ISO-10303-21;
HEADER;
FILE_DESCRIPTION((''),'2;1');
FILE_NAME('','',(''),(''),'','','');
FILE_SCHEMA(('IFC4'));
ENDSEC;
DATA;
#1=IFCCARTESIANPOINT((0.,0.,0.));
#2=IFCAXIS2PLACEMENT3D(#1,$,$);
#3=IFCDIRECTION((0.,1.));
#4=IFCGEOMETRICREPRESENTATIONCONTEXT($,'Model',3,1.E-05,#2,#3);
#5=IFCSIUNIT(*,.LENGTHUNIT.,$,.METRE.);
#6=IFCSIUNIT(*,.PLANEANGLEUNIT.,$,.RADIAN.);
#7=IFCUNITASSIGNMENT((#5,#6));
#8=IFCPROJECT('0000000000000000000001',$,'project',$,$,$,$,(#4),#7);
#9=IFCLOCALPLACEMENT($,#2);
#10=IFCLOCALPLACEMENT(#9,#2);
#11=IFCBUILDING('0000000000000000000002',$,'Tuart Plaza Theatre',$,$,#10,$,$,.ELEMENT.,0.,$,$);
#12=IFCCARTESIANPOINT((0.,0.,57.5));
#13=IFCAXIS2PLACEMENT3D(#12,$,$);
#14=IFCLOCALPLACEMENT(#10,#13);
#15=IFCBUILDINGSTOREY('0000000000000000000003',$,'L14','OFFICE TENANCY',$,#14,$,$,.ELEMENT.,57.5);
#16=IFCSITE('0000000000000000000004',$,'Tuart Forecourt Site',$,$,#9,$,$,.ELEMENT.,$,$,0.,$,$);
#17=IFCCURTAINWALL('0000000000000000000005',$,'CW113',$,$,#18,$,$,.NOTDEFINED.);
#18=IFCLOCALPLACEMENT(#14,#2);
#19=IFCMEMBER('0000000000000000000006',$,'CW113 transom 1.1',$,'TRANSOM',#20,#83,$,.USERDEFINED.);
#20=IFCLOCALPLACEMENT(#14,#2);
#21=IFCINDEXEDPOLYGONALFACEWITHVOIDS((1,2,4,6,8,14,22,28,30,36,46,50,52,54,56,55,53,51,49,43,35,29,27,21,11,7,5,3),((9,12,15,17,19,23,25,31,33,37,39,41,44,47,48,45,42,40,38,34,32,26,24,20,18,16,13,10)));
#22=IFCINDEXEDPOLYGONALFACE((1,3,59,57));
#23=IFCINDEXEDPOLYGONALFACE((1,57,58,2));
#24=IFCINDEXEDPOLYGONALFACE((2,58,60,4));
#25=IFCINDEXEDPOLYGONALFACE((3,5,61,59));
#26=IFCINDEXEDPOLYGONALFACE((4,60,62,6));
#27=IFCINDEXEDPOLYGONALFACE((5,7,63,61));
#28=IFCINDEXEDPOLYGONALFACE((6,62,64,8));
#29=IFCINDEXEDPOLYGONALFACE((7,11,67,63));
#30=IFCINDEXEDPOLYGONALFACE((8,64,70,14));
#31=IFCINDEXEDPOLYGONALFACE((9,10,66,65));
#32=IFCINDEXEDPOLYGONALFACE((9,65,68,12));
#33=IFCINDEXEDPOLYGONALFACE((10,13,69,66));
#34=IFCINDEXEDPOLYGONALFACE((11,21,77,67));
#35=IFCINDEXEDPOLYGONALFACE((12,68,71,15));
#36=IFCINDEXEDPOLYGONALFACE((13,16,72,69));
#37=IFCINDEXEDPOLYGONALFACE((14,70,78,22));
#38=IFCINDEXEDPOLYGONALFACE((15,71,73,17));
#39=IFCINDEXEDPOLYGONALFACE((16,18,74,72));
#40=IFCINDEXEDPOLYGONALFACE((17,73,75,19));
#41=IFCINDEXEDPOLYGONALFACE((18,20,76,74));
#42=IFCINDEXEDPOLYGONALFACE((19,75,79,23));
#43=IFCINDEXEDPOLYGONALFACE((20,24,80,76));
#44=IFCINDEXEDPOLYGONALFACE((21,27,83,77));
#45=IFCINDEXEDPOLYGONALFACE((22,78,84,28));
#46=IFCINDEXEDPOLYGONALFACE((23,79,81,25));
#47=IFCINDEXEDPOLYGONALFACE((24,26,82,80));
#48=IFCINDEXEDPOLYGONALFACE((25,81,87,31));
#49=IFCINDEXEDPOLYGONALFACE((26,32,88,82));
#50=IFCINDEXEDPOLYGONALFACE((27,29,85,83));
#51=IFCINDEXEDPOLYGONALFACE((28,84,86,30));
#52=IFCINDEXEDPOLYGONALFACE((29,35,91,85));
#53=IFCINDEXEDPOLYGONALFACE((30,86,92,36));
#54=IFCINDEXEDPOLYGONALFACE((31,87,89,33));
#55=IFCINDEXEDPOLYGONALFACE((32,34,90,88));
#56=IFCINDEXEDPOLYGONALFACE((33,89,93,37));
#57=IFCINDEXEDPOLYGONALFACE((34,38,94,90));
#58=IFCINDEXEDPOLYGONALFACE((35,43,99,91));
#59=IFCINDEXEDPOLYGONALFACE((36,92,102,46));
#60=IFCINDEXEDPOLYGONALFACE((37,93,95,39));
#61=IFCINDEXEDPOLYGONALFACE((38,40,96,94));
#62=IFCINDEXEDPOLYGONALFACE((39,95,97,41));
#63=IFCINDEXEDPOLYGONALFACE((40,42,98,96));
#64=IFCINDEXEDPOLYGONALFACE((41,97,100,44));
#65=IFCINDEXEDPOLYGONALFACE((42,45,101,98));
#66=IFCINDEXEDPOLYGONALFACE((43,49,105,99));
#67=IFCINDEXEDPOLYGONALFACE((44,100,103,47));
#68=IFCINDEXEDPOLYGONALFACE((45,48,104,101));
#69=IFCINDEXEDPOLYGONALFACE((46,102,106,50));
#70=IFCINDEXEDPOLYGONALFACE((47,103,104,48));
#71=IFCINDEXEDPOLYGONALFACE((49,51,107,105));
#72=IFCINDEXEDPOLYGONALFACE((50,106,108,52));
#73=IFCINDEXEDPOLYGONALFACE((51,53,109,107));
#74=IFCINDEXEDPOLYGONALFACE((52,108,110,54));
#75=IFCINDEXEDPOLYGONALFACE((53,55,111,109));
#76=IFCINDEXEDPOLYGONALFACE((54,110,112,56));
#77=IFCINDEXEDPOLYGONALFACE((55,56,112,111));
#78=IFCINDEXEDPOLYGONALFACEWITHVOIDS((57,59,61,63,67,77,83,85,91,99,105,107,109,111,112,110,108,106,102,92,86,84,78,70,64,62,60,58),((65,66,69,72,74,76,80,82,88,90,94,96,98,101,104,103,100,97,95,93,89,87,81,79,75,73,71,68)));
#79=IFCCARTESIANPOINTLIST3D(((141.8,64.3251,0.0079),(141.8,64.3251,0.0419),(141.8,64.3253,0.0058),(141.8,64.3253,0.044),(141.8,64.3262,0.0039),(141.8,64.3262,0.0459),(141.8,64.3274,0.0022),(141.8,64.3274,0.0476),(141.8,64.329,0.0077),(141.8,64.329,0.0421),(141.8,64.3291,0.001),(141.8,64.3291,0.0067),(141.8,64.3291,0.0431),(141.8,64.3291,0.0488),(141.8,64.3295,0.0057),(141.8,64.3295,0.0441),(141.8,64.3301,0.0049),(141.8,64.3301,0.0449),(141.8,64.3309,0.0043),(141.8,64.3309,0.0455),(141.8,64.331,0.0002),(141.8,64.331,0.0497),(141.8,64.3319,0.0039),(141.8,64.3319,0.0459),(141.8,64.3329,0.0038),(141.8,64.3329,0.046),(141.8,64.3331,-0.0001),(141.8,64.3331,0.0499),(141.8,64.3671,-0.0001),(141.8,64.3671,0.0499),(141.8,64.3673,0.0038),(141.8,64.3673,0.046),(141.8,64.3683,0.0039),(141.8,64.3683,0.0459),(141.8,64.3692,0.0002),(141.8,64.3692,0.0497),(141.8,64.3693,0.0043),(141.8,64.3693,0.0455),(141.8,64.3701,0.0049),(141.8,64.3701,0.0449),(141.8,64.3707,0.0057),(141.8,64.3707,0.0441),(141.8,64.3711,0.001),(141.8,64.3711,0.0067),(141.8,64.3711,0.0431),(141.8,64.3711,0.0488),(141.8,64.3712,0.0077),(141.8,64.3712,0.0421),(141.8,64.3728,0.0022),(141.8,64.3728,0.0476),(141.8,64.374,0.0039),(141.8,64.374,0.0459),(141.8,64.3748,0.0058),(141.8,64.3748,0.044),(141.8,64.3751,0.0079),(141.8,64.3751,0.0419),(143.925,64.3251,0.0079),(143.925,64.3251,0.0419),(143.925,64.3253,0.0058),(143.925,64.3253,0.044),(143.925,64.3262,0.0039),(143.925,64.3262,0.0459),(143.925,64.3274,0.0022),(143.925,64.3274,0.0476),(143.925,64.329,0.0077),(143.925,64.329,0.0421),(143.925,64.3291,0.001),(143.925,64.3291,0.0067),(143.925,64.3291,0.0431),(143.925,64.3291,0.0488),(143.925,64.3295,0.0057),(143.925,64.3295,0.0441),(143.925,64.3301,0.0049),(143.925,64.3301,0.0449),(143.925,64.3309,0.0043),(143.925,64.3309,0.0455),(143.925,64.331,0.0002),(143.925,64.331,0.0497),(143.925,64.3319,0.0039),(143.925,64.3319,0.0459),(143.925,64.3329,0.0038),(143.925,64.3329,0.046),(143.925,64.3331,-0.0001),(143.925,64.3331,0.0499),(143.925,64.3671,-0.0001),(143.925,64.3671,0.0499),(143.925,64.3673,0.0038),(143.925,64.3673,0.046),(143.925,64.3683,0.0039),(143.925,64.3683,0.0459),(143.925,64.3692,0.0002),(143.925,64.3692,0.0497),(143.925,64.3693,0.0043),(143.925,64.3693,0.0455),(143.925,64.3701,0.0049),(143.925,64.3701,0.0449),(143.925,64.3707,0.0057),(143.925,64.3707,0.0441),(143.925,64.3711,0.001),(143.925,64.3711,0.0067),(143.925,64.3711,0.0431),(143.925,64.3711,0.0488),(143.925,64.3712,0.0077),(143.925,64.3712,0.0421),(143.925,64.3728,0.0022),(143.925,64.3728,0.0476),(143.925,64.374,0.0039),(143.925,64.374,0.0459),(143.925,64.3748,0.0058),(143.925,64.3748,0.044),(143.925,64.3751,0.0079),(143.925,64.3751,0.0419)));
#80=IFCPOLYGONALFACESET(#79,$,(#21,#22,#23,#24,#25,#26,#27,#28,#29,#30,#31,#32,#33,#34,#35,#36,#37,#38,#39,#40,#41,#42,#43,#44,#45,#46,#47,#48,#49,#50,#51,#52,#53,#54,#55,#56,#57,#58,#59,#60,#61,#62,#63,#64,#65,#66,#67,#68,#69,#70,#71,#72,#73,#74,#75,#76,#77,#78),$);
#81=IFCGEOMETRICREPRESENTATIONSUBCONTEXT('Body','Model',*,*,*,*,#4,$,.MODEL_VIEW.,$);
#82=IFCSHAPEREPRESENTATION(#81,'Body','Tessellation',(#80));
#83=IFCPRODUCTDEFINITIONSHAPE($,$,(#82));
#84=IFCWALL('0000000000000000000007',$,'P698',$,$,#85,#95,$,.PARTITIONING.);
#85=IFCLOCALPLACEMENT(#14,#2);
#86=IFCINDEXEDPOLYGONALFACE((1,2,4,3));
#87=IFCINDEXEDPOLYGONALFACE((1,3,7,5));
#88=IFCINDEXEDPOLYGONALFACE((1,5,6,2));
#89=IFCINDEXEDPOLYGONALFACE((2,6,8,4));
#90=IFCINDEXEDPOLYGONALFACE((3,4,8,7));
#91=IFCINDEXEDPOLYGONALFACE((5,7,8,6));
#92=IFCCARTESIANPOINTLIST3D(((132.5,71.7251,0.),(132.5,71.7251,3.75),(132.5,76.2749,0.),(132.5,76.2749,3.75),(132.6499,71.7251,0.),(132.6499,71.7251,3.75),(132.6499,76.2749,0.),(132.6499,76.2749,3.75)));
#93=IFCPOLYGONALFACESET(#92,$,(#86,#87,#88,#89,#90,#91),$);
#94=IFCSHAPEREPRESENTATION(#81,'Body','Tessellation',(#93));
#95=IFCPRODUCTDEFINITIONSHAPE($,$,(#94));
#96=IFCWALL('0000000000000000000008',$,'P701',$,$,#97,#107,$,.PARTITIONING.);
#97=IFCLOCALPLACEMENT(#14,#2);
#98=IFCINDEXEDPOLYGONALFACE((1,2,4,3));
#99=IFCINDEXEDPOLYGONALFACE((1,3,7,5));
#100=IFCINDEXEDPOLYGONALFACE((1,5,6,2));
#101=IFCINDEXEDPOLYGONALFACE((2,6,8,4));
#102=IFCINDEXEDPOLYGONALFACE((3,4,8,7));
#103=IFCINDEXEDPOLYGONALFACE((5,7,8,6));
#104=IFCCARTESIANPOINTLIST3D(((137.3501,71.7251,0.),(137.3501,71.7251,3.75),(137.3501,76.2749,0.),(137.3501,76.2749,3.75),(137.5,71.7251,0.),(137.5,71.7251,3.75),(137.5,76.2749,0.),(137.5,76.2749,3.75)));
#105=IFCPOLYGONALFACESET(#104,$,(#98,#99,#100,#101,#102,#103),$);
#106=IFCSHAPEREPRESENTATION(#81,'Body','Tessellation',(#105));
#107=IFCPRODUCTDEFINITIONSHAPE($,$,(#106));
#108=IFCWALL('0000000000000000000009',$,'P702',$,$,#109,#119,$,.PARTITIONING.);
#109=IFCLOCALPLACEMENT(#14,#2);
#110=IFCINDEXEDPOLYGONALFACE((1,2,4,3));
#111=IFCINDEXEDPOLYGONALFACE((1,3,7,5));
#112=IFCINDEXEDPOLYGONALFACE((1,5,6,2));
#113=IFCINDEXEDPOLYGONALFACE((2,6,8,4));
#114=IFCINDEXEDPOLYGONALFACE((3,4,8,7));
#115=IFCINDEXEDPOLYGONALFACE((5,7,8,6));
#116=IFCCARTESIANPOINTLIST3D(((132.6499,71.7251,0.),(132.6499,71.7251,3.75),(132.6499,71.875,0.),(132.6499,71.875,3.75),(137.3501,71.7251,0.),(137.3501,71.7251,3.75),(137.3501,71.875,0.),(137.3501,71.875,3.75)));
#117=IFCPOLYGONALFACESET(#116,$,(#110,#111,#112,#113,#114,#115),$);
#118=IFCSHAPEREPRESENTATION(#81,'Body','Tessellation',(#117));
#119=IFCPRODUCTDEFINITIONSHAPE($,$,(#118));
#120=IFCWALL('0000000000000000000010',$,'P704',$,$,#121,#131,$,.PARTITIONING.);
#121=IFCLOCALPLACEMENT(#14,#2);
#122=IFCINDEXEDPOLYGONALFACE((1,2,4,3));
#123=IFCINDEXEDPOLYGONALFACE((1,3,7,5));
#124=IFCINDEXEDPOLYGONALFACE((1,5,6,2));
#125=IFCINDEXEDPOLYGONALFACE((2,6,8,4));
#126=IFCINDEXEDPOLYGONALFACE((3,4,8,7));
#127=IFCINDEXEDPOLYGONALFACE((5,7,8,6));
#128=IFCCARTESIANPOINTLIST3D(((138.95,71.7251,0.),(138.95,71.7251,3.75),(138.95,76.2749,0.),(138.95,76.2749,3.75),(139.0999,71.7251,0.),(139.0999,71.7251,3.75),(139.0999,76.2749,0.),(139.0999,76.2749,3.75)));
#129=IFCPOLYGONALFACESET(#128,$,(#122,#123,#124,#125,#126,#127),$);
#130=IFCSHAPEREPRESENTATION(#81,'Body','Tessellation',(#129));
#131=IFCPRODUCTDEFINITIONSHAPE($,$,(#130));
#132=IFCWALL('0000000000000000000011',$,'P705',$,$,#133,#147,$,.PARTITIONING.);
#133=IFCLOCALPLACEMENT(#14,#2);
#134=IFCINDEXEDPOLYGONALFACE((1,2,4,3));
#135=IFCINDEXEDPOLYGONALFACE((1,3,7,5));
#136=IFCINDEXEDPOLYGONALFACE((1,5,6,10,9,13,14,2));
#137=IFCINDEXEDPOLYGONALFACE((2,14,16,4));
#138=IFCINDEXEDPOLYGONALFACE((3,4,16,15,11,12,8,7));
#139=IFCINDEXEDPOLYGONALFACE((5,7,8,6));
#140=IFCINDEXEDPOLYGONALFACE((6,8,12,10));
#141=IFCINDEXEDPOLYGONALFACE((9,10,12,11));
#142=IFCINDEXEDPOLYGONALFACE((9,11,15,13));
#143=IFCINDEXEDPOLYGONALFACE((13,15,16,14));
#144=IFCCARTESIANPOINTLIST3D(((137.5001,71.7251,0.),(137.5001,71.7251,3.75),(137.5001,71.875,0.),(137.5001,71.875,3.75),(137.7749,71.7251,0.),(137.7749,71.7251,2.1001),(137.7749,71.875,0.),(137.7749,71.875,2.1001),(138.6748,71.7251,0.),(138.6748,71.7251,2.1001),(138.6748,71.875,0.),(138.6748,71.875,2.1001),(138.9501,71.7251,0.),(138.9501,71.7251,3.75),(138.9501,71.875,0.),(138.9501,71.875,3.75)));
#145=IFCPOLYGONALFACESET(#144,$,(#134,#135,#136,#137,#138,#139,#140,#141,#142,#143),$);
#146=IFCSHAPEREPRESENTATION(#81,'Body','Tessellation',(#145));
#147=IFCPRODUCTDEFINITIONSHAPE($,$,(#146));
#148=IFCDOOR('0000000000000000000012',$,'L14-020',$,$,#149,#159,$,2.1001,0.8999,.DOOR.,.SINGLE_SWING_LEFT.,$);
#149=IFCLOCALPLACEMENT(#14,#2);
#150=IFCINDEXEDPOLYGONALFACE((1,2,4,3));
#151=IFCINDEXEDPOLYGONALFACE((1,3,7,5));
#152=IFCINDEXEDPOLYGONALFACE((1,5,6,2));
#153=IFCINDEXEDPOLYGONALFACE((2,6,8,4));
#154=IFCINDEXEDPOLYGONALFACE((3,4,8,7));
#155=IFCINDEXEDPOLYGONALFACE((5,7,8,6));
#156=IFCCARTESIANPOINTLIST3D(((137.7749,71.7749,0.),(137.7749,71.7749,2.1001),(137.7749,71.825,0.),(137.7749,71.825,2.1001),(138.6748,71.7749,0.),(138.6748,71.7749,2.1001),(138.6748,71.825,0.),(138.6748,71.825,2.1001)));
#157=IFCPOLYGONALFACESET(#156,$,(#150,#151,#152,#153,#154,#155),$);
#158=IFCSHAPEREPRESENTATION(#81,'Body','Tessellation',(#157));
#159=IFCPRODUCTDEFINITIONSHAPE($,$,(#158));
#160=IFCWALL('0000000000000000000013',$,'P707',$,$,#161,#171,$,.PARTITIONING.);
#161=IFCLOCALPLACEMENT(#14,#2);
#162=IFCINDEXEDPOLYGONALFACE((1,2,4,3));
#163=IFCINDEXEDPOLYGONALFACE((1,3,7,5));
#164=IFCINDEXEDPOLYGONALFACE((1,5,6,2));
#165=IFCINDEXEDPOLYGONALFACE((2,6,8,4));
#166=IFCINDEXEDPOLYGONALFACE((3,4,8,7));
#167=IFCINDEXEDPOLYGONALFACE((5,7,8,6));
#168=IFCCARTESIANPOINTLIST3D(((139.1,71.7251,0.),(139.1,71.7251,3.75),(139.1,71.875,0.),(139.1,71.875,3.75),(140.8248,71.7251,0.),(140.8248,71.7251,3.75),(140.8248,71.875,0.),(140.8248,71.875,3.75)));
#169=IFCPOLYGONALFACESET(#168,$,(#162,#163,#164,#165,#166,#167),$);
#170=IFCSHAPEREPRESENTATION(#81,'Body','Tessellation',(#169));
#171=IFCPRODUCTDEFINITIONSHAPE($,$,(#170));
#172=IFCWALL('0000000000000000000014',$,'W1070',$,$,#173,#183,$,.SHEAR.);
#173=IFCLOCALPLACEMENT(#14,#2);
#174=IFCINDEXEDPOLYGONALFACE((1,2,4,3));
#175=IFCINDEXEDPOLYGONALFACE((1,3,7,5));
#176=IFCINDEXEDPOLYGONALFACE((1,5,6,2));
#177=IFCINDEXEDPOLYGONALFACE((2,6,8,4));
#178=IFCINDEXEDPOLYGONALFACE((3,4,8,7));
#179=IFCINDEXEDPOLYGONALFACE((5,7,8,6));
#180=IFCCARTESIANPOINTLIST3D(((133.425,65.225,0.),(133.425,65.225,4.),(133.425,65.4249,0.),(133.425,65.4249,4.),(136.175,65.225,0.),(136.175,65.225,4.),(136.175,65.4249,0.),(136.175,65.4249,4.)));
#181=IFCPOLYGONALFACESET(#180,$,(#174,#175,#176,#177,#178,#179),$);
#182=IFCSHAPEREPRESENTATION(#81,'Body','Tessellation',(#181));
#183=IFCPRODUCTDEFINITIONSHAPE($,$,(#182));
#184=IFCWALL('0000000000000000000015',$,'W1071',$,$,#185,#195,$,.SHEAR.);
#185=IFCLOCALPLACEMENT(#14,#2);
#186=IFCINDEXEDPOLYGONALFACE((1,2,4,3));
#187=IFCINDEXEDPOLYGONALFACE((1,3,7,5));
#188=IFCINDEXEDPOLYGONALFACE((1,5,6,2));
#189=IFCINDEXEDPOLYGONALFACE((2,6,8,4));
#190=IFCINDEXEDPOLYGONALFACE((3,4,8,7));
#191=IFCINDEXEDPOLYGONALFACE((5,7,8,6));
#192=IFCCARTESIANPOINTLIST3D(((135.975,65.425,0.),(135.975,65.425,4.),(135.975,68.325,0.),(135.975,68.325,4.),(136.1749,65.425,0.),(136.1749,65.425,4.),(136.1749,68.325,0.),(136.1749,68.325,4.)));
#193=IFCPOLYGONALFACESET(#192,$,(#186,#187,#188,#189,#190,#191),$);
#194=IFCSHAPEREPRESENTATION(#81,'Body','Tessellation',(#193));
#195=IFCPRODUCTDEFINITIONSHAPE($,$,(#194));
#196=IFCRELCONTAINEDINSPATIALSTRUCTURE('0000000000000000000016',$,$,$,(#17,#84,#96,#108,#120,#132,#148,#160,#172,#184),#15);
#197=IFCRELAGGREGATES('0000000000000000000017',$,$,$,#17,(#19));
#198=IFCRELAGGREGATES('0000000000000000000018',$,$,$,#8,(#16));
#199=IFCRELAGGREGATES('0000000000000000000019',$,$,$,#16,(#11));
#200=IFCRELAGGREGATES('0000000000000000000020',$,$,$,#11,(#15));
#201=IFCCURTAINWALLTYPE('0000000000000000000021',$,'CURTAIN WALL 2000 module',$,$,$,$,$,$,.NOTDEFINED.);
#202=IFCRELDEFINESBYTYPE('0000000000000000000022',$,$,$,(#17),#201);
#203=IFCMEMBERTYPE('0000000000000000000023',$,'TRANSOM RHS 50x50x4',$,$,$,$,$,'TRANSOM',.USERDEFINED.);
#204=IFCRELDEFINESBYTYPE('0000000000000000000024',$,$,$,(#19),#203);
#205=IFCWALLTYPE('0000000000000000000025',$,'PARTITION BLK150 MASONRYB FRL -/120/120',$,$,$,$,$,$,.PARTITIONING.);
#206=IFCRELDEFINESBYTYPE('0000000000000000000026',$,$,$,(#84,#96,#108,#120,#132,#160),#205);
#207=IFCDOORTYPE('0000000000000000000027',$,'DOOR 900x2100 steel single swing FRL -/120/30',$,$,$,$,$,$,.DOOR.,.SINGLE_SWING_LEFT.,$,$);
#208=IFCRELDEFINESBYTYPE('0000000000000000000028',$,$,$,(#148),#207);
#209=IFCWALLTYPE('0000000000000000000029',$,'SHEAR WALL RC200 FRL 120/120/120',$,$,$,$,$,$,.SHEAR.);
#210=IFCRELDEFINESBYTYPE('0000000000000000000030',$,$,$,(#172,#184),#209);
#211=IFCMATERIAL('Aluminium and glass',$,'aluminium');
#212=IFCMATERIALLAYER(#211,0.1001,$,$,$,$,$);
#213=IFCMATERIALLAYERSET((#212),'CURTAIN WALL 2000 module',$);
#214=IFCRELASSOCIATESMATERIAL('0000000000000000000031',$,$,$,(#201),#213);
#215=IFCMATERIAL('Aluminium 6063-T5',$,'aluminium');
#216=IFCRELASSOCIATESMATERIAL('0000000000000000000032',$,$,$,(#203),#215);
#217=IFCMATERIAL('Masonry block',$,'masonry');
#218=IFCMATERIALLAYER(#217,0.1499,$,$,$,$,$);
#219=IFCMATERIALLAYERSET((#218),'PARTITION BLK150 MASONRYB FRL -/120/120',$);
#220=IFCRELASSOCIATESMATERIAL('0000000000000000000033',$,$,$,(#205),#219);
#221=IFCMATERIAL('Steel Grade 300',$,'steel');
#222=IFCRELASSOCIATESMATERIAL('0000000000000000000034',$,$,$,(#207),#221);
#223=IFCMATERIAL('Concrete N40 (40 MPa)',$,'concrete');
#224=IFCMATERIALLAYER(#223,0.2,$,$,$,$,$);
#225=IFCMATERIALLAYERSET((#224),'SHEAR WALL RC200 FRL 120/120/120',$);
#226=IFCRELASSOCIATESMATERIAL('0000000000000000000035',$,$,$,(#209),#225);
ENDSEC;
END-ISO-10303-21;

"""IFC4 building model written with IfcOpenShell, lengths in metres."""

from ifc_helpers import new_model, si_unit, direction, frame, frame_2d, origin, origin_2d, place, context, subcontext, project, spatial, rectangle, hollow_rectangle, extrude, material, layer, layer_set, material_profile, profile_set, type_object, element, fill, aggregate, save


model = new_model("IFC4")

# Units and contexts
model_context = context("Model", 3, precision=1e-05, world=origin(), true_north=direction((0.0, 1.0)))
body_context = subcontext(model_context, "Body", "Model", "MODEL_VIEW")
ifc_project = project(units=[si_unit("LENGTHUNIT", "METRE"), si_unit("PLANEANGLEUNIT", "RADIAN")], contexts=[model_context])

# Site, building, storey
site_placement = place(None, origin())
site = spatial("IfcSite", under=ifc_project, at=site_placement, Name="Tuart Forecourt Site", CompositionType="ELEMENT", RefElevation=0.0)
building_placement = place(site_placement, origin())
building = spatial("IfcBuilding", under=site, at=building_placement, Name="Tuart Plaza Theatre", CompositionType="ELEMENT", ElevationOfRefHeight=0.0)
storey_placement = place(building_placement, frame((0.0, 0.0, 57.5)))
storey = spatial("IfcBuildingStorey", under=building, at=storey_placement, Name="L14", Description="OFFICE TENANCY", CompositionType="ELEMENT", Elevation=57.5)

# Shared definitions
ifc_material_1 = material(Name="Aluminium and glass", Category="aluminium")
ifc_layer_1 = layer(ifc_material_1, 0.1001)
ifc_layer_set_1 = layer_set([ifc_layer_1], Name="CURTAIN WALL 2000 module")
curtain_wall_type = type_object("IfcCurtainWallType", Name="CURTAIN WALL 2000 module", PredefinedType="NOTDEFINED", material=ifc_layer_set_1)

# Curtain wall, member
curtain_wall_1_placement = place(storey_placement, origin())
curtain_wall_1 = element("IfcCurtainWall", 1, at=curtain_wall_1_placement, inside=storey, type_object=curtain_wall_type, Name="CW113", PredefinedType="NOTDEFINED")
ifc_material_2 = material(Name="Aluminium 6063-T5", Category="aluminium")
ifc_material_profile_1 = material_profile(ifc_material_2, hollow_rectangle(XDim=0.05, YDim=0.05, WallThickness=0.0039, InnerFilletRadius=0.0039, OuterFilletRadius=0.0081, at=origin_2d()), Name="RHS 50x50x4")
ifc_profile_set_1 = profile_set([ifc_material_profile_1], Name="Aluminium 6063-T5")
member_type_1 = type_object("IfcMemberType", Name="TRANSOM RHS 50x50x4", ElementType="TRANSOM", PredefinedType="USERDEFINED", material=ifc_profile_set_1)
member_1_placement = place(storey_placement, frame((141.8, 64.3501, 0.0249), z_axis=(1.0, 0.0, 0.0), x_axis=(0.0, 1.0, 0.0)))
member_1 = element("IfcMember", 2, at=member_1_placement, type_object=member_type_1, Name="CW113 transom 1.1", ObjectType="TRANSOM", PredefinedType="USERDEFINED", context=body_context, shape_type="SweptSolid", body=[
    extrude(hollow_rectangle(XDim=0.05, YDim=0.05, WallThickness=0.0039, InnerFilletRadius=0.0039, OuterFilletRadius=0.0081, at=origin_2d()), origin(), (0.0, 0.0, 1.0), 2.125),
])
aggregate(curtain_wall_1, [member_1])

# Walls
ifc_material_3 = material(Name="Masonry block", Category="masonry")
ifc_layer_2 = layer(ifc_material_3, 0.1499)
ifc_layer_set_2 = layer_set([ifc_layer_2], Name="PARTITION BLK150 MASONRYB FRL -/120/120")
wall_type_1 = type_object("IfcWallType", Name="PARTITION BLK150 MASONRYB FRL -/120/120", PredefinedType="PARTITIONING", material=ifc_layer_set_2)
for number, where, z_axis, x_axis, name in (
    (3, (132.575, 71.7251, 0.0), (0.0, 0.0, 1.0), (0.0, 1.0, 0.0), "P698"),
    (4, (137.425, 71.7251, 0.0), (0.0, 0.0, 1.0), (0.0, 1.0, 0.0), "P701"),
):
    element("IfcWall", number, at=place(storey_placement, frame(where, z_axis=z_axis, x_axis=x_axis)), inside=storey, type_object=wall_type_1, Name=name, PredefinedType="PARTITIONING", context=body_context, shape_type="SweptSolid", body=[
        extrude(rectangle(XDim=4.5498, YDim=0.1499, at=frame_2d((2.2749, 0.0))), origin(), (0.0, 0.0, 1.0), 3.75),
    ])
wall_1_placement = place(storey_placement, frame((132.6499, 71.8, 0.0), z_axis=(0.0, 0.0, 1.0), x_axis=(1.0, 0.0, 0.0)))
element("IfcWall", 5, at=wall_1_placement, inside=storey, type_object=wall_type_1, Name="P702", PredefinedType="PARTITIONING", context=body_context, shape_type="SweptSolid", body=[
    extrude(rectangle(XDim=4.7002, YDim=0.1499, at=frame_2d((2.3501, 0.0))), origin(), (0.0, 0.0, 1.0), 3.75),
])
wall_2_placement = place(storey_placement, frame((139.0249, 71.7251, 0.0), z_axis=(0.0, 0.0, 1.0), x_axis=(0.0, 1.0, 0.0)))
element("IfcWall", 6, at=wall_2_placement, inside=storey, type_object=wall_type_1, Name="P704", PredefinedType="PARTITIONING", context=body_context, shape_type="SweptSolid", body=[
    extrude(rectangle(XDim=4.5498, YDim=0.1499, at=frame_2d((2.2749, 0.0))), origin(), (0.0, 0.0, 1.0), 3.75),
])

# Wall, opening, door
wall_3_placement = place(storey_placement, frame((137.5, 71.8, 0.0), z_axis=(0.0, 0.0, 1.0), x_axis=(1.0, 0.0, 0.0)))
wall_3 = element("IfcWall", 7, at=wall_3_placement, inside=storey, type_object=wall_type_1, Name="P705", PredefinedType="PARTITIONING", context=body_context, shape_type="SweptSolid", body=[
    extrude(rectangle(XDim=1.45, YDim=0.1499, at=frame_2d((0.7251, 0.0))), origin(), (0.0, 0.0, 1.0), 3.75),
])
opening_1_placement = place(wall_3_placement, frame((0.2749, 0.0, 0.0)))
opening_1 = element("IfcOpeningElement", 8, at=opening_1_placement, cuts=wall_3, PredefinedType="OPENING", context=body_context, shape_type="SweptSolid", body=[
    extrude(rectangle(XDim=0.8999, YDim=2.1001, at=frame_2d((0.45, 1.05))), frame((0.0, 0.085, 0.0), z_axis=(0.0, -1.0, 0.0), x_axis=(1.0, 0.0, 0.0)), (0.0, 0.0, 1.0), 0.1699),
])
ifc_material_4 = material(Name="Steel Grade 300", Category="steel")
door_type_1 = type_object("IfcDoorType", Name="DOOR 900x2100 steel single swing FRL -/120/30", OperationType="SINGLE_SWING_LEFT", PredefinedType="DOOR", material=ifc_material_4)
door_1_placement = place(opening_1_placement, origin())
door_1 = element("IfcDoor", 9, at=door_1_placement, inside=storey, type_object=door_type_1, Name="L14-020", OperationType="SINGLE_SWING_LEFT", OverallHeight=2.1001, OverallWidth=0.8999, PredefinedType="DOOR", context=body_context, shape_type="SweptSolid", body=[
    extrude(rectangle(XDim=0.8999, YDim=2.1001, at=frame_2d((0.45, 1.05))), frame((0.0, 0.0249, 0.0), z_axis=(0.0, -1.0, 0.0), x_axis=(1.0, 0.0, 0.0)), (0.0, 0.0, 1.0), 0.05),
])
fill(opening_1, door_1)

# Walls
wall_4_placement = place(storey_placement, frame((139.1001, 71.8, 0.0), z_axis=(0.0, 0.0, 1.0), x_axis=(1.0, 0.0, 0.0)))
element("IfcWall", 10, at=wall_4_placement, inside=storey, type_object=wall_type_1, Name="P707", PredefinedType="PARTITIONING", context=body_context, shape_type="SweptSolid", body=[
    extrude(rectangle(XDim=1.7249, YDim=0.1499, at=frame_2d((0.8623, 0.0))), origin(), (0.0, 0.0, 1.0), 3.75),
])
ifc_material_5 = material(Name="Concrete N40 (40 MPa)", Category="concrete")
ifc_layer_3 = layer(ifc_material_5, 0.2)
ifc_layer_set_3 = layer_set([ifc_layer_3], Name="SHEAR WALL RC200 FRL 120/120/120")
wall_type_2 = type_object("IfcWallType", Name="SHEAR WALL RC200 FRL 120/120/120", PredefinedType="SHEAR", material=ifc_layer_set_3)
wall_5_placement = place(storey_placement, frame((133.425, 65.325, 0.0), z_axis=(0.0, 0.0, 1.0), x_axis=(1.0, 0.0, 0.0)))
element("IfcWall", 11, at=wall_5_placement, inside=storey, type_object=wall_type_2, Name="W1070", PredefinedType="SHEAR", context=body_context, shape_type="SweptSolid", body=[
    extrude(rectangle(XDim=2.75, YDim=0.2, at=frame_2d((1.375, 0.0))), origin(), (0.0, 0.0, 1.0), 4.0),
])
wall_6_placement = place(storey_placement, frame((136.075, 65.425, 0.0), z_axis=(0.0, 0.0, 1.0), x_axis=(0.0, 1.0, 0.0)))
element("IfcWall", 12, at=wall_6_placement, inside=storey, type_object=wall_type_2, Name="W1071", PredefinedType="SHEAR", context=body_context, shape_type="SweptSolid", body=[
    extrude(rectangle(XDim=2.8999, YDim=0.2, at=frame_2d((1.45, 0.0))), origin(), (0.0, 0.0, 1.0), 4.0),
])

save(model, "model.ifc")
